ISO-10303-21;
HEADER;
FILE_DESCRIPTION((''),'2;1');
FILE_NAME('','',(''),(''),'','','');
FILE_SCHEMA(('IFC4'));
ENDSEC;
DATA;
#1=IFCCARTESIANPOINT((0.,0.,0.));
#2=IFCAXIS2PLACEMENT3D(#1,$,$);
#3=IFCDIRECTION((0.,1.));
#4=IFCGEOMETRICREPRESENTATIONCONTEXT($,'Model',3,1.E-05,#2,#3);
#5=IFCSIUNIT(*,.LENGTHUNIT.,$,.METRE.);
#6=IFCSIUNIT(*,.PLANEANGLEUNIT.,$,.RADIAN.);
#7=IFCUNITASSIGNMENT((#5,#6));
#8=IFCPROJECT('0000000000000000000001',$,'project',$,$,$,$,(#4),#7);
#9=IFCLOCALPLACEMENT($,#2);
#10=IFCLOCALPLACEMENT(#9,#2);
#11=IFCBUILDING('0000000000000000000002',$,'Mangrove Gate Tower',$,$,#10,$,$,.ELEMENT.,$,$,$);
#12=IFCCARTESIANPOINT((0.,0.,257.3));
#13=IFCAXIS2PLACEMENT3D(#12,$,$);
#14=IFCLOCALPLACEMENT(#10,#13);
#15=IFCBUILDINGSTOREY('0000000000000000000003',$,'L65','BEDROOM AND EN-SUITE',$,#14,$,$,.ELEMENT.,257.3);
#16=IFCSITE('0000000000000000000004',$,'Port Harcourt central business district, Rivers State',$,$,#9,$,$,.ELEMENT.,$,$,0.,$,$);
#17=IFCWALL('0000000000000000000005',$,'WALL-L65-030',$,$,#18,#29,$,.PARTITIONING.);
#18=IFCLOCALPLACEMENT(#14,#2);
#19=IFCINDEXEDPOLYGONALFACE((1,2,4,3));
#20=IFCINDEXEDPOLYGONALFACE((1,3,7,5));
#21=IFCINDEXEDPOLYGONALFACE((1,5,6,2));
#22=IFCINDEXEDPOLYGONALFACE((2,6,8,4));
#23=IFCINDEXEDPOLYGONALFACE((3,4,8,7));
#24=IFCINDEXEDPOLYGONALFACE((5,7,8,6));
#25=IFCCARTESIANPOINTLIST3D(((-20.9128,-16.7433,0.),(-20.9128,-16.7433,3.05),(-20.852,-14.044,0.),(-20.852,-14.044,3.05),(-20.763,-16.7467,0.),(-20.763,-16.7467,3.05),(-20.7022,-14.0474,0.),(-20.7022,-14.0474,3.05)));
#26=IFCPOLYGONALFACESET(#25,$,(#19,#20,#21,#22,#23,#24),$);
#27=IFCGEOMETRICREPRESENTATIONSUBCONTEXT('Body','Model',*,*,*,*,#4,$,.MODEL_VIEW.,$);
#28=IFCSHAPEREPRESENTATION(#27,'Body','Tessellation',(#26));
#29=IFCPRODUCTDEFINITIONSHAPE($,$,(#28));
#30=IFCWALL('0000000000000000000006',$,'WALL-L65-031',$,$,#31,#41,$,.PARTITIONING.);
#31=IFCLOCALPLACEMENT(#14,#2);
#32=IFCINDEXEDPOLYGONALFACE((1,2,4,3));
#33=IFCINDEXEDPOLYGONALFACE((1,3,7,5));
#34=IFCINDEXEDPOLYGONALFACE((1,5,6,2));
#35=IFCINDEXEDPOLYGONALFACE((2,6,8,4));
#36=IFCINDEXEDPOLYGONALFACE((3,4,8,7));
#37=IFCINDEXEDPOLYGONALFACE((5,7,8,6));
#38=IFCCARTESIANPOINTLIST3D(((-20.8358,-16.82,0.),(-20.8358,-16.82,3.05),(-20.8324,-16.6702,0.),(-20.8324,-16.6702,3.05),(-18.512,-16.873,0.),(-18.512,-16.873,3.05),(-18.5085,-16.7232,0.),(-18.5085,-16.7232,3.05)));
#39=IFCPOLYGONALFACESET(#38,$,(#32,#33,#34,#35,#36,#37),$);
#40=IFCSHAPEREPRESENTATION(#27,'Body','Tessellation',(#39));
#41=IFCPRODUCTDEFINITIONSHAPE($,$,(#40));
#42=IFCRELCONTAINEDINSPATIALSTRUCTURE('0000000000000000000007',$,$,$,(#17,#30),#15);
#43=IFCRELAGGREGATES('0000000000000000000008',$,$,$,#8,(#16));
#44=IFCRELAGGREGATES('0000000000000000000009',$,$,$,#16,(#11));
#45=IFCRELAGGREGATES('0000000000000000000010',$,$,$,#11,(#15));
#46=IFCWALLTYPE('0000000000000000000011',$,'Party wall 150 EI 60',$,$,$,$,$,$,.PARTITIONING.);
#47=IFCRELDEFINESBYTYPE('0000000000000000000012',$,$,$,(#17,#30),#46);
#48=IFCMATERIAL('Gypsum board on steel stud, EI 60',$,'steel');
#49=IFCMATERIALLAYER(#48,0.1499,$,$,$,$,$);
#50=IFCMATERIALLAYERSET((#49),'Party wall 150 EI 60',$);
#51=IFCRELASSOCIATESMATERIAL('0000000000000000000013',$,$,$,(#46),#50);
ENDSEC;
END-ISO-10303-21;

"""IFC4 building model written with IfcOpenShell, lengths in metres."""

from ifc_helpers import new_model, si_unit, direction, frame, frame_2d, origin, place, context, subcontext, project, spatial, rectangle, extrude, material, layer, layer_set, type_object, element, save


model = new_model("IFC4")

# Units and contexts
model_context = context("Model", 3, precision=1e-05, world=origin(), true_north=direction((0.0, 1.0)))
body_context = subcontext(model_context, "Body", "Model", "MODEL_VIEW")
ifc_project = project(units=[si_unit("LENGTHUNIT", "METRE"), si_unit("PLANEANGLEUNIT", "RADIAN")], contexts=[model_context])

# Site, building, storey
site_placement = place(None, origin())
site = spatial("IfcSite", under=ifc_project, at=site_placement, Name="Port Harcourt central business district, Rivers State", CompositionType="ELEMENT", RefElevation=0.0)
building_placement = place(site_placement, origin())
building = spatial("IfcBuilding", under=site, at=building_placement, Name="Mangrove Gate Tower", CompositionType="ELEMENT")
storey_placement = place(building_placement, frame((0.0, 0.0, 257.3)))
storey = spatial("IfcBuildingStorey", under=building, at=storey_placement, Name="L65", Description="BEDROOM AND EN-SUITE", CompositionType="ELEMENT", Elevation=257.3)

# Walls
ifc_material_1 = material(Name="Gypsum board on steel stud, EI 60", Category="steel")
ifc_layer_1 = layer(ifc_material_1, 0.1499)
ifc_layer_set_1 = layer_set([ifc_layer_1], Name="Party wall 150 EI 60")
wall_type_1 = type_object("IfcWallType", Name="Party wall 150 EI 60", PredefinedType="PARTITIONING", material=ifc_layer_set_1)
wall_1_placement = place(storey_placement, frame((-20.8379, -16.7451, 0.0), z_axis=(0.0, 0.0, 1.0), x_axis=(0.022516, 0.999746, 0.0)))
element("IfcWall", 1, at=wall_1_placement, inside=storey, type_object=wall_type_1, Name="WALL-L65-030", PredefinedType="PARTITIONING", context=body_context, shape_type="SweptSolid", body=[
    extrude(rectangle(XDim=2.7, YDim=0.1499, at=frame_2d((1.3501, 0.0))), origin(), (0.0, 0.0, 1.0), 3.05),
])
wall_2_placement = place(storey_placement, frame((-20.834, -16.7451, 0.0), z_axis=(0.0, 0.0, 1.0), x_axis=(0.99974, -0.022791, 0.0)))
element("IfcWall", 2, at=wall_2_placement, inside=storey, type_object=wall_type_1, Name="WALL-L65-031", PredefinedType="PARTITIONING", context=body_context, shape_type="SweptSolid", body=[
    extrude(rectangle(XDim=2.3245, YDim=0.1499, at=frame_2d((1.1621, 0.0))), origin(), (0.0, 0.0, 1.0), 3.05),
])

save(model, "model.ifc")
